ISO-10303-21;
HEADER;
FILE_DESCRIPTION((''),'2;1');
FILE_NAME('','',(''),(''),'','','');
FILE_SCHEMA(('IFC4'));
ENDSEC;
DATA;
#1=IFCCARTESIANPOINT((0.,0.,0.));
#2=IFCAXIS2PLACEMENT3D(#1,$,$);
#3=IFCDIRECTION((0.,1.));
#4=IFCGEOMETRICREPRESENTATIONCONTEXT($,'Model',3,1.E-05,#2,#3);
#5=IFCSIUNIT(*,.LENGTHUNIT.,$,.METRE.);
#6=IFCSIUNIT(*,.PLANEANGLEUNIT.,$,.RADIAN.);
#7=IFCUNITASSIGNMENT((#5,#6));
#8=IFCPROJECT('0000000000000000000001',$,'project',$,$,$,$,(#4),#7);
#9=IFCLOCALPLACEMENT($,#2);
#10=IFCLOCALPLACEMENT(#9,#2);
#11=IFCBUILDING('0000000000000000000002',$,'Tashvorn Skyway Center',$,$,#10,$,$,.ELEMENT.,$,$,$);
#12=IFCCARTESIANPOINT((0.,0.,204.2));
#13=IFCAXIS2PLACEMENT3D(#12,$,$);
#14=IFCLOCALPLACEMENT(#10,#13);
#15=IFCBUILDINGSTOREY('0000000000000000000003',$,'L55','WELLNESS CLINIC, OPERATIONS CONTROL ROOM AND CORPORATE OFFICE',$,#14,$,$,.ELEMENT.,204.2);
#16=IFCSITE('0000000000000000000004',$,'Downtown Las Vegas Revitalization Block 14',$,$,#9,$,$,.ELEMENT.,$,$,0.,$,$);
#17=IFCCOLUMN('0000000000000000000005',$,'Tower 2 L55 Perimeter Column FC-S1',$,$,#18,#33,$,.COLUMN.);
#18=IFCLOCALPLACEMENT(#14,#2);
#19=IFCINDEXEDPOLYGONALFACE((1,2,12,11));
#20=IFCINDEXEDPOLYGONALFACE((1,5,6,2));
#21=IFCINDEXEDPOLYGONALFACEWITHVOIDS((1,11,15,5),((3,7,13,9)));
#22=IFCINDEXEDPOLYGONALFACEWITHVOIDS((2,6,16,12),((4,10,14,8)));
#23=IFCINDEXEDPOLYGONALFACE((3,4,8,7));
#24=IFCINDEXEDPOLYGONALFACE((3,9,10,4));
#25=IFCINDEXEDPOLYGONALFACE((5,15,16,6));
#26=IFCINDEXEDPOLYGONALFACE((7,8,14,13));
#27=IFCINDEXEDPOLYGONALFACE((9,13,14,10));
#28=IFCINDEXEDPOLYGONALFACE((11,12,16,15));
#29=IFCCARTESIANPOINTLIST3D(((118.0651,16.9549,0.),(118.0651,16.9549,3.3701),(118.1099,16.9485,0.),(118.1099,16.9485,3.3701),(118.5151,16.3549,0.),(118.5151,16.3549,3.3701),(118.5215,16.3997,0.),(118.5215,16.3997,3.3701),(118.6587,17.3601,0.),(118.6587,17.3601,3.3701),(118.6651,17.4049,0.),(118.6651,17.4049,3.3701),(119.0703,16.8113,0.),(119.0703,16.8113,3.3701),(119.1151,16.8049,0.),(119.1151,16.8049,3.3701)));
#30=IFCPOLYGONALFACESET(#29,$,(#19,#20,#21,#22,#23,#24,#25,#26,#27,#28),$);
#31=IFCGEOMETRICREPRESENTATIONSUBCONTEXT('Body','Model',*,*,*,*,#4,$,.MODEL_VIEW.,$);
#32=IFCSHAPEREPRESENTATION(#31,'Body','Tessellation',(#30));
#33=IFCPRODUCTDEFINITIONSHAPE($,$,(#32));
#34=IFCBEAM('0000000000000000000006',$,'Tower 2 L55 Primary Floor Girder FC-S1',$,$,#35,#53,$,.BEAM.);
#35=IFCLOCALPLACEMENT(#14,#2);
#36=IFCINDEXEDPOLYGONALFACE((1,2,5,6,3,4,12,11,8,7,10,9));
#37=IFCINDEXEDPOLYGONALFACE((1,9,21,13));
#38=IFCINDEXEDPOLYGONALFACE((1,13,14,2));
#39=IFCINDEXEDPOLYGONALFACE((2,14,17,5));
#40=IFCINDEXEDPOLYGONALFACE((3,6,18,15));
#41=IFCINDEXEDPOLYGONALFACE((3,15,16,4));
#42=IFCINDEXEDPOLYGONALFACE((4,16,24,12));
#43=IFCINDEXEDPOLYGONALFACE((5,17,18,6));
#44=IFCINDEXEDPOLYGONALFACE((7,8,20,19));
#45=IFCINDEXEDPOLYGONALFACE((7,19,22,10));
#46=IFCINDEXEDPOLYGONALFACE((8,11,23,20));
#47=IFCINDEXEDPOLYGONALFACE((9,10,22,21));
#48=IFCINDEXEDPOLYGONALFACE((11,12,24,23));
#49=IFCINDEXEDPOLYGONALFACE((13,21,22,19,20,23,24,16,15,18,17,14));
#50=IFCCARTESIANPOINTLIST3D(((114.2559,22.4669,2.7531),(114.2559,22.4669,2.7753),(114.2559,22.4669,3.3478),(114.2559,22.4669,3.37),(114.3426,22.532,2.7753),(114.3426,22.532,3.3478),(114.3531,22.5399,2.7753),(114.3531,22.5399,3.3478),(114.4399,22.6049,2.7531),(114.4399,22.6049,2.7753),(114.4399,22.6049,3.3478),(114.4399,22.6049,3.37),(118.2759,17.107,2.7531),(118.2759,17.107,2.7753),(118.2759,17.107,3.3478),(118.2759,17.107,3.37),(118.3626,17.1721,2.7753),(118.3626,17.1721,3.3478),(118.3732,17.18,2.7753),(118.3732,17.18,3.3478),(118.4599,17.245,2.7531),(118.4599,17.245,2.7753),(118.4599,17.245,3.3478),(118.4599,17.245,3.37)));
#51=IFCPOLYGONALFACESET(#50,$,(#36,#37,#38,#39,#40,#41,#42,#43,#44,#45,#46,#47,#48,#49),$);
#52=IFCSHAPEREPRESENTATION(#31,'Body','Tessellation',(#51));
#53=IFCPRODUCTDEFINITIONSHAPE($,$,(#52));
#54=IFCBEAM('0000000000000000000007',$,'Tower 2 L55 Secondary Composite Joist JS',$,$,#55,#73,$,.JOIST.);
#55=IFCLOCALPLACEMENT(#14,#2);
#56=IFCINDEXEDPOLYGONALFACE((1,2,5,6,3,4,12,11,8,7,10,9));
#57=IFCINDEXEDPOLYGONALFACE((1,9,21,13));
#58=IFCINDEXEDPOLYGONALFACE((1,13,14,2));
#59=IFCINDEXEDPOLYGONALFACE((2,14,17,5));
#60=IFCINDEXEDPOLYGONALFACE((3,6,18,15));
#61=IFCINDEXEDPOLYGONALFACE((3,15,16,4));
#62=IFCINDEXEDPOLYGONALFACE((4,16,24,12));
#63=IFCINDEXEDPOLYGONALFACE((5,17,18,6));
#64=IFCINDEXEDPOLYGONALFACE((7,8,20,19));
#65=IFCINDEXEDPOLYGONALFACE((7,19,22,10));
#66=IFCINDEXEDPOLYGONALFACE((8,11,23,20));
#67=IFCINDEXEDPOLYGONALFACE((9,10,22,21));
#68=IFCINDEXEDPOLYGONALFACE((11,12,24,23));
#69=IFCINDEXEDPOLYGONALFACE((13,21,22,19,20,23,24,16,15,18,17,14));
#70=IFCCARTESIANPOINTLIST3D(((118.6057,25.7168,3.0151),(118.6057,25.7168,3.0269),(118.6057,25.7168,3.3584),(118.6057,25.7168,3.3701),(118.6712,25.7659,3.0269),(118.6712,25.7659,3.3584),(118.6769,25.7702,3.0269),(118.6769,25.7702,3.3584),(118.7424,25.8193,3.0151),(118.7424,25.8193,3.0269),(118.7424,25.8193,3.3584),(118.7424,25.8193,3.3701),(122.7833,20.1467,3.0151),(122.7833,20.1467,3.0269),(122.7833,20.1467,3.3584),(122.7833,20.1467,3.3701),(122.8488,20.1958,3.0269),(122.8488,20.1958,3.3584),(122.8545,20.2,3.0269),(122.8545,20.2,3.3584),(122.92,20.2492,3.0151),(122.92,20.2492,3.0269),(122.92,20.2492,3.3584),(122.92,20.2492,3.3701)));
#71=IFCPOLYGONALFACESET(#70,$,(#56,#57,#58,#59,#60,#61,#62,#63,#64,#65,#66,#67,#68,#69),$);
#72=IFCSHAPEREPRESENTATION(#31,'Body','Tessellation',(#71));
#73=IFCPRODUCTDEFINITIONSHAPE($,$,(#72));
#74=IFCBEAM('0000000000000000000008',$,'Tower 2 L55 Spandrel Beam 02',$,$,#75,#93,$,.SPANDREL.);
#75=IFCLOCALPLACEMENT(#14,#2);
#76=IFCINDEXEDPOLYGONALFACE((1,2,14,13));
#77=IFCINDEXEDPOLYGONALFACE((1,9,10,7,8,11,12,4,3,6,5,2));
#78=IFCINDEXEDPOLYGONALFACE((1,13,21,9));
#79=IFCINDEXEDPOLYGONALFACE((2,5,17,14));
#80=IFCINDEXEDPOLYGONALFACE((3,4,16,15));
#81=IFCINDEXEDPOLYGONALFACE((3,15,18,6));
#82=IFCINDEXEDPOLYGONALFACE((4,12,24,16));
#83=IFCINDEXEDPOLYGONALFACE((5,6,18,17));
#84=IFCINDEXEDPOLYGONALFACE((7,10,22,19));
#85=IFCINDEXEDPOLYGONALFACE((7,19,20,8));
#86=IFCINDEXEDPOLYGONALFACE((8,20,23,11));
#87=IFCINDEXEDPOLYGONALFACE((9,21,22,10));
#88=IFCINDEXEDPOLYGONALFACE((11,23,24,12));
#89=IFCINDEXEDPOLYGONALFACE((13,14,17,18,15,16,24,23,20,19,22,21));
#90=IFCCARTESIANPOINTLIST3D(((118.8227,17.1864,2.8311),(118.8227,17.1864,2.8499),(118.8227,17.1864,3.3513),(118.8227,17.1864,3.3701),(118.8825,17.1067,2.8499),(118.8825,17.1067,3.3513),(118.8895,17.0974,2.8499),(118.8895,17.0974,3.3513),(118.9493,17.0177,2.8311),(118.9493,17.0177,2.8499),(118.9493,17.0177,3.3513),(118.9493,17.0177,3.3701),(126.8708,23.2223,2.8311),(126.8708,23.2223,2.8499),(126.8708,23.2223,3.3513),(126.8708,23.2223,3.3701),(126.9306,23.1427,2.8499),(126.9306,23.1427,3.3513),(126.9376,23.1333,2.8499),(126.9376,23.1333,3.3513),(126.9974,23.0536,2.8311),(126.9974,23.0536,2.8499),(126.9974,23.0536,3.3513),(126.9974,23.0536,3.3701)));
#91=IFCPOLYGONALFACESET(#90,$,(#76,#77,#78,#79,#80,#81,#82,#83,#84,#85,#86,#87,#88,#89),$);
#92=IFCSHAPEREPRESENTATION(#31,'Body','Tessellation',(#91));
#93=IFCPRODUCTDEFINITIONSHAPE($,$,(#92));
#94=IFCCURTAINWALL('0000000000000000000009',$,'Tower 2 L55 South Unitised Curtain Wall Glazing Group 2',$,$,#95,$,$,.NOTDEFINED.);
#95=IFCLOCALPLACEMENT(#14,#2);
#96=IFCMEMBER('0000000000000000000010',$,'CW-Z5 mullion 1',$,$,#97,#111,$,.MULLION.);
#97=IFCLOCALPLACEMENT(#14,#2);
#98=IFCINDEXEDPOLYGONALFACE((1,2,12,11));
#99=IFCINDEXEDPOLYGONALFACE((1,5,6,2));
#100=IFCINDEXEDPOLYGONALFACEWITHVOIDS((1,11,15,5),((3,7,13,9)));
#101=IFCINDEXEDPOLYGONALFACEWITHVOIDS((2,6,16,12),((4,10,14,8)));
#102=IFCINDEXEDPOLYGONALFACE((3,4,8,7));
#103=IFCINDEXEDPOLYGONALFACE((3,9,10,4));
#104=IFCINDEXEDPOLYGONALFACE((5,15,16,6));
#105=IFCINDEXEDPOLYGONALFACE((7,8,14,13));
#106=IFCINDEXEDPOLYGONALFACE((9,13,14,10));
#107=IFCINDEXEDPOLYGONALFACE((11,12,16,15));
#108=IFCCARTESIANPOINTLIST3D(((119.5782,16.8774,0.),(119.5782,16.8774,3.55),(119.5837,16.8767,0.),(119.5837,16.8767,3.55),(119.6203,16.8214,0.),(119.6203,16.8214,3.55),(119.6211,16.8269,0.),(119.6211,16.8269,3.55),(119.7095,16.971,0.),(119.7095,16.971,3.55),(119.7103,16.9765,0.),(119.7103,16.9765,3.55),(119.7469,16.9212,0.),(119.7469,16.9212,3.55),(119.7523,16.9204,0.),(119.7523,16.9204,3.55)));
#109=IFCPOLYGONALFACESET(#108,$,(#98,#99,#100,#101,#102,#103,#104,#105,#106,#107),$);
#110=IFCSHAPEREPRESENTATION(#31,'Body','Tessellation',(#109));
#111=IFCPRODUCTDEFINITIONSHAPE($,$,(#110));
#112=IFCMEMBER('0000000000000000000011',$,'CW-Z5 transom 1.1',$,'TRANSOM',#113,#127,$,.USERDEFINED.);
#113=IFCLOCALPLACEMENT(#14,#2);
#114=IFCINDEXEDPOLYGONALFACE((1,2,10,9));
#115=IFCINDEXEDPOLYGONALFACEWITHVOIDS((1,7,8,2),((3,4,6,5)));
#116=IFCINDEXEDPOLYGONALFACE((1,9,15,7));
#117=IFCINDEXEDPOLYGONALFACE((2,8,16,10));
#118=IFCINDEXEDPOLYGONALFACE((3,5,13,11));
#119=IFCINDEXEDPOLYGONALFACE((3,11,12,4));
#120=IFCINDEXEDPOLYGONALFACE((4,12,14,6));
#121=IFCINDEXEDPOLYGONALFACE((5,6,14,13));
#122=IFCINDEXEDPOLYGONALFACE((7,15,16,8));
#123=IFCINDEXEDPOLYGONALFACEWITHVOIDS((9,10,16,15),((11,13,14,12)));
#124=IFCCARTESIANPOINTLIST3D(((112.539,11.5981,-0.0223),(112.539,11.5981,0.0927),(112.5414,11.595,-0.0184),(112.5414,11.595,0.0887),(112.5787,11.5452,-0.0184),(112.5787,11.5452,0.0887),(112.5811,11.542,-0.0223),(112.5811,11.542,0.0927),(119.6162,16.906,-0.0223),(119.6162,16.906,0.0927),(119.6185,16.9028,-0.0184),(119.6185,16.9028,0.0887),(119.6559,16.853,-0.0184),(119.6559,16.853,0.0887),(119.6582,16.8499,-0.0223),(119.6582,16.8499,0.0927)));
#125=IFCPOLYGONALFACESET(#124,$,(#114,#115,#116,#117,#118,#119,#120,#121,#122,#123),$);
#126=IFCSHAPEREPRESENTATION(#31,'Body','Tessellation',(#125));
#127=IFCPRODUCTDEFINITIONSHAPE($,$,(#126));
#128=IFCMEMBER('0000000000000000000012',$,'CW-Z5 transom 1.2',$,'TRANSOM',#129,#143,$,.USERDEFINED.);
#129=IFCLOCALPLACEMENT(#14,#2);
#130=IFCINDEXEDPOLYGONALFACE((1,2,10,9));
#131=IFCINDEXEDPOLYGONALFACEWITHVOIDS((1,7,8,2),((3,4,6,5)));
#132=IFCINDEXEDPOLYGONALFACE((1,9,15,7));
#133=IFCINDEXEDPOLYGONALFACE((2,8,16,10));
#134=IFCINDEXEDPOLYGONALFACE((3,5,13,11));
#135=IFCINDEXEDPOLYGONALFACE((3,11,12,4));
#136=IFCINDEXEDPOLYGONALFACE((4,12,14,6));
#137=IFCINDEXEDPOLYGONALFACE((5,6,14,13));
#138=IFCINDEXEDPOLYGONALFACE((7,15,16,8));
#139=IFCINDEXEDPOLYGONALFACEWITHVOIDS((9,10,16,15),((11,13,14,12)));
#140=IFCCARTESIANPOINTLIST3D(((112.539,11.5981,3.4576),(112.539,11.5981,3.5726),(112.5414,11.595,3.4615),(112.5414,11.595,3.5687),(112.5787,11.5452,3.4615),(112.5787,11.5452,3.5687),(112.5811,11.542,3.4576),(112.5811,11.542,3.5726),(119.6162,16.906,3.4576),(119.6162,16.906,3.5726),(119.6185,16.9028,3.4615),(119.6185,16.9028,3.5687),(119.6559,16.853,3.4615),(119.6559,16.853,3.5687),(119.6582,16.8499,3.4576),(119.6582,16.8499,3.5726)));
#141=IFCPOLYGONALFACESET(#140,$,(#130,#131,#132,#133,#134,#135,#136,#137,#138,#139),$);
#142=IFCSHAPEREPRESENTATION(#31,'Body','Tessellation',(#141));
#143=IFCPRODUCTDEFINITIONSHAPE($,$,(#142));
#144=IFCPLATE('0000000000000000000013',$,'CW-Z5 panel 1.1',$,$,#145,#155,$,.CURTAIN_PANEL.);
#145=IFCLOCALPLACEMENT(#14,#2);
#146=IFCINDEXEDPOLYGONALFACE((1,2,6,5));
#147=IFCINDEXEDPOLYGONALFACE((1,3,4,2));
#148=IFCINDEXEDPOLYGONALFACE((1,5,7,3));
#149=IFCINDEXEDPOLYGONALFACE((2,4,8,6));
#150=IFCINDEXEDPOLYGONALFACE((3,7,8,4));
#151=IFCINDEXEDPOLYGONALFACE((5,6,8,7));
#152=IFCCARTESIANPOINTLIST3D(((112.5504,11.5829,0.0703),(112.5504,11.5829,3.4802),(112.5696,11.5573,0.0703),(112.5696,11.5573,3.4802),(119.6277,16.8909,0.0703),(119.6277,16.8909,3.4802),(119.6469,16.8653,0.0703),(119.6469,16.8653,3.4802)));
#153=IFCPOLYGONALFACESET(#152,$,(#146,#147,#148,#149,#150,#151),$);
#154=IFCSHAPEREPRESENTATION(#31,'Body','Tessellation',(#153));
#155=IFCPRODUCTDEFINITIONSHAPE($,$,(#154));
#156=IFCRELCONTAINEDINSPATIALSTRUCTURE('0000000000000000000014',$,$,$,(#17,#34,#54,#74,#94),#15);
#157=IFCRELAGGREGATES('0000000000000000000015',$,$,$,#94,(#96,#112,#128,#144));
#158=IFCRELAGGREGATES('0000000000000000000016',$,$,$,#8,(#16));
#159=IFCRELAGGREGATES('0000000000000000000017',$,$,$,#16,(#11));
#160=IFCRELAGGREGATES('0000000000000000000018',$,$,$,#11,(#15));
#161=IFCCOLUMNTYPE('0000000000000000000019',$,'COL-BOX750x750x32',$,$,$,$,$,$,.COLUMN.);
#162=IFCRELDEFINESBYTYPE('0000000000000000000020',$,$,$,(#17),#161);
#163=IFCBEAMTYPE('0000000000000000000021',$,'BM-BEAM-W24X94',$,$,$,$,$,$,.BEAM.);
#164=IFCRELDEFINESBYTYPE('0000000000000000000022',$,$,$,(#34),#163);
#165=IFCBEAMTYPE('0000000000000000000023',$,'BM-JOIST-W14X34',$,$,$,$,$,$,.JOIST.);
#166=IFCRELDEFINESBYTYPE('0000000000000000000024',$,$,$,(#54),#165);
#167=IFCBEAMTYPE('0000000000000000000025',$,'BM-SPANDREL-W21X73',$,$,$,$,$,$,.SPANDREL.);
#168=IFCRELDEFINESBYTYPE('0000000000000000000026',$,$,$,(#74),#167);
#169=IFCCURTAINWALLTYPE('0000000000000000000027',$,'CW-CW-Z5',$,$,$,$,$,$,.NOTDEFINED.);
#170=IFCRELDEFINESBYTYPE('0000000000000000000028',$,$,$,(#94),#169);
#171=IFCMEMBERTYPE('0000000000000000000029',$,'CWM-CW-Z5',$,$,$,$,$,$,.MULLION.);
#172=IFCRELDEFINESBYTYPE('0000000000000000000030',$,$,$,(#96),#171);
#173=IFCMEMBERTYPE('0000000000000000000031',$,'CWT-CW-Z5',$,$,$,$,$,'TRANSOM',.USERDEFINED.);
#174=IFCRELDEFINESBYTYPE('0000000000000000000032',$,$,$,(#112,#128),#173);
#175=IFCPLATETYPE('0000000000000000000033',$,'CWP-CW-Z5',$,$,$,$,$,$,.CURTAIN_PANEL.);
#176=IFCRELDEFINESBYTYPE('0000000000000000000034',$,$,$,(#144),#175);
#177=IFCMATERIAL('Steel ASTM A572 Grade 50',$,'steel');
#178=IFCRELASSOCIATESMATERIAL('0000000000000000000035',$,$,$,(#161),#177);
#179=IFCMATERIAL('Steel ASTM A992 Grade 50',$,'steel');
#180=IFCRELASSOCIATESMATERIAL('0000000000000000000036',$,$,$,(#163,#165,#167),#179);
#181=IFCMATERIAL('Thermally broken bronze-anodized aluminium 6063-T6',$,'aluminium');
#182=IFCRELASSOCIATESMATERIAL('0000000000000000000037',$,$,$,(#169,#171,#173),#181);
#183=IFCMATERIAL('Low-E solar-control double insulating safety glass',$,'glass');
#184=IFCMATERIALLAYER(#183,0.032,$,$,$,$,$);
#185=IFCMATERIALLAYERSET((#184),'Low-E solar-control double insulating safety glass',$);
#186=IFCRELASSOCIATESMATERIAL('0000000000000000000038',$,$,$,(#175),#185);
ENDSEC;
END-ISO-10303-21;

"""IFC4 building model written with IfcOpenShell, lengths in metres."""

from ifc_helpers import new_model, si_unit, direction, frame, origin, origin_2d, place, context, subcontext, project, spatial, rectangle, hollow_rectangle, i_section, extrude, material, layer, layer_set, material_profile, profile_set, type_object, element, aggregate, save


model = new_model("IFC4")

# Units and contexts
model_context = context("Model", 3, precision=1e-05, world=origin(), true_north=direction((0.0, 1.0)))
body_context = subcontext(model_context, "Body", "Model", "MODEL_VIEW")
ifc_project = project(units=[si_unit("LENGTHUNIT", "METRE"), si_unit("PLANEANGLEUNIT", "RADIAN")], contexts=[model_context])

# Site, building, storey
site_placement = place(None, origin())
site = spatial("IfcSite", under=ifc_project, at=site_placement, Name="Downtown Las Vegas Revitalization Block 14", CompositionType="ELEMENT", RefElevation=0.0)
building_placement = place(site_placement, origin())
building = spatial("IfcBuilding", under=site, at=building_placement, Name="Tashvorn Skyway Center", CompositionType="ELEMENT")
storey_placement = place(building_placement, frame((0.0, 0.0, 204.2)))
storey = spatial("IfcBuildingStorey", under=building, at=storey_placement, Name="L55", Description="WELLNESS CLINIC, OPERATIONS CONTROL ROOM AND CORPORATE OFFICE", CompositionType="ELEMENT", Elevation=204.2)

# Column
ifc_material_1 = material(Name="Steel ASTM A572 Grade 50", Category="steel")
ifc_material_profile_1 = material_profile(ifc_material_1, hollow_rectangle(XDim=0.75, YDim=0.75, WallThickness=0.032, at=origin_2d()), Name="BOX750x750x32")
ifc_profile_set_1 = profile_set([ifc_material_profile_1], Name="Steel ASTM A572 Grade 50")
column_type = type_object("IfcColumnType", Name="COL-BOX750x750x32", PredefinedType="COLUMN", material=ifc_profile_set_1)
column_placement = place(storey_placement, frame((118.5901, 16.8799, 0.0), z_axis=(0.0, 0.0, 1.0), x_axis=(0.8, 0.6, 0.0)))
element("IfcColumn", 1, at=column_placement, inside=storey, type_object=column_type, Name="Tower 2 L55 Perimeter Column FC-S1", PredefinedType="COLUMN", context=body_context, shape_type="SweptSolid", body=[
    extrude(hollow_rectangle(XDim=0.75, YDim=0.75, WallThickness=0.032, at=origin_2d()), origin(), (0.0, 0.0, 1.0), 3.3701),
])

# Beams
ifc_material_2 = material(Name="Steel ASTM A992 Grade 50", Category="steel")
ifc_material_profile_2 = material_profile(ifc_material_2, i_section(OverallWidth=0.23, OverallDepth=0.6169, WebThickness=0.0132, FlangeThickness=0.0222, at=origin_2d()), Name="W24X94")
ifc_profile_set_2 = profile_set([ifc_material_profile_2], Name="Steel ASTM A992 Grade 50")
beam_type_1 = type_object("IfcBeamType", Name="BM-BEAM-W24X94", PredefinedType="BEAM", material=ifc_profile_set_2)
beam_1_placement = place(storey_placement, frame((118.3679, 17.176, 3.0615), z_axis=(-0.600012, 0.799991, 0.0), x_axis=(-0.799991, -0.600012, 0.0)))
element("IfcBeam", 2, at=beam_1_placement, inside=storey, type_object=beam_type_1, Name="Tower 2 L55 Primary Floor Girder FC-S1", PredefinedType="BEAM", context=body_context, shape_type="SweptSolid", body=[
    extrude(i_section(OverallWidth=0.23, OverallDepth=0.6169, WebThickness=0.0132, FlangeThickness=0.0222, at=origin_2d()), origin(), (0.0, 0.0, 1.0), 6.7),
])
ifc_material_profile_3 = material_profile(ifc_material_2, i_section(OverallWidth=0.1709, OverallDepth=0.355, WebThickness=0.0071, FlangeThickness=0.0117, at=origin_2d()), Name="W14X34")
ifc_profile_set_3 = profile_set([ifc_material_profile_3], Name="Steel ASTM A992 Grade 50")
beam_type_2 = type_object("IfcBeamType", Name="BM-JOIST-W14X34", PredefinedType="JOIST", material=ifc_profile_set_3)
beam_2_placement = place(storey_placement, frame((118.6741, 25.7681, 3.1926), z_axis=(0.599994, -0.800004, 0.0), x_axis=(0.800004, 0.599994, 0.0)))
element("IfcBeam", 3, at=beam_2_placement, inside=storey, type_object=beam_type_2, Name="Tower 2 L55 Secondary Composite Joist JS", PredefinedType="JOIST", context=body_context, shape_type="SweptSolid", body=[
    extrude(i_section(OverallWidth=0.1709, OverallDepth=0.355, WebThickness=0.0071, FlangeThickness=0.0117, at=origin_2d()), origin(), (0.0, 0.0, 1.0), 6.9626),
])
ifc_material_profile_4 = material_profile(ifc_material_2, i_section(OverallWidth=0.2109, OverallDepth=0.5391, WebThickness=0.0117, FlangeThickness=0.0188, at=origin_2d()), Name="W21X73")
ifc_profile_set_4 = profile_set([ifc_material_profile_4], Name="Steel ASTM A992 Grade 50")
beam_type_3 = type_object("IfcBeamType", Name="BM-SPANDREL-W21X73", PredefinedType="SPANDREL", material=ifc_profile_set_4)
beam_3_placement = place(storey_placement, frame((118.886, 17.1021, 3.1006), z_axis=(0.800009, 0.599988, 0.0), x_axis=(-0.599988, 0.800009, 0.0)))
element("IfcBeam", 4, at=beam_3_placement, inside=storey, type_object=beam_type_3, Name="Tower 2 L55 Spandrel Beam 02", PredefinedType="SPANDREL", context=body_context, shape_type="SweptSolid", body=[
    extrude(i_section(OverallWidth=0.2109, OverallDepth=0.5391, WebThickness=0.0117, FlangeThickness=0.0188, at=origin_2d()), origin(), (0.0, 0.0, 1.0), 10.0601),
])

# Curtain wall, members, plate
ifc_material_3 = material(Name="Thermally broken bronze-anodized aluminium 6063-T6", Category="aluminium")
curtain_wall_type = type_object("IfcCurtainWallType", Name="CW-CW-Z5", PredefinedType="NOTDEFINED", material=ifc_material_3)
curtain_wall_placement = place(storey_placement, origin())
curtain_wall = element("IfcCurtainWall", 5, at=curtain_wall_placement, inside=storey, type_object=curtain_wall_type, Name="Tower 2 L55 South Unitised Curtain Wall Glazing Group 2", PredefinedType="NOTDEFINED")
ifc_material_profile_5 = material_profile(ifc_material_3, hollow_rectangle(XDim=0.0701, YDim=0.165, WallThickness=0.0039, at=origin_2d()), Name="ALU-MULL-70x165")
ifc_profile_set_5 = profile_set([ifc_material_profile_5], Name="Thermally broken bronze-anodized aluminium 6063-T6")
member_type_1 = type_object("IfcMemberType", Name="CWM-CW-Z5", PredefinedType="MULLION", material=ifc_profile_set_5)
member_1_placement = place(storey_placement, frame((119.6653, 16.8989, 0.0), z_axis=(0.0, 0.0, 1.0), x_axis=(0.600002, -0.799999, 0.0)))
member_1 = element("IfcMember", 6, at=member_1_placement, type_object=member_type_1, Name="CW-Z5 mullion 1", PredefinedType="MULLION", context=body_context, shape_type="SweptSolid", body=[
    extrude(hollow_rectangle(XDim=0.0701, YDim=0.165, WallThickness=0.0039, at=origin_2d()), origin(), (0.0, 0.0, 1.0), 3.55),
])
ifc_material_profile_6 = material_profile(ifc_material_3, hollow_rectangle(XDim=0.0701, YDim=0.115, WallThickness=0.0039, at=origin_2d()), Name="ALU-TRAN-70x115")
ifc_profile_set_6 = profile_set([ifc_material_profile_6], Name="Thermally broken bronze-anodized aluminium 6063-T6")
member_type_2 = type_object("IfcMemberType", Name="CWT-CW-Z5", ElementType="TRANSOM", PredefinedType="USERDEFINED", material=ifc_profile_set_6)
member_2_placement = place(storey_placement, frame((119.6372, 16.8779, 0.0352), z_axis=(-0.8, -0.6, 0.0), x_axis=(0.6, -0.8, 0.0)))
member_2 = element("IfcMember", 7, at=member_2_placement, type_object=member_type_2, Name="CW-Z5 transom 1.1", ObjectType="TRANSOM", PredefinedType="USERDEFINED", context=body_context, shape_type="SweptSolid", body=[
    extrude(hollow_rectangle(XDim=0.0701, YDim=0.115, WallThickness=0.0039, at=origin_2d()), origin(), (0.0, 0.0, 1.0), 8.8464),
])
member_3_placement = place(storey_placement, frame((119.6372, 16.8779, 3.5151), z_axis=(-0.8, -0.6, 0.0), x_axis=(0.6, -0.8, 0.0)))
member_3 = element("IfcMember", 8, at=member_3_placement, type_object=member_type_2, Name="CW-Z5 transom 1.2", ObjectType="TRANSOM", PredefinedType="USERDEFINED", context=body_context, shape_type="SweptSolid", body=[
    extrude(hollow_rectangle(XDim=0.0701, YDim=0.115, WallThickness=0.0039, at=origin_2d()), origin(), (0.0, 0.0, 1.0), 8.8464),
])
ifc_material_4 = material(Name="Low-E solar-control double insulating safety glass", Category="glass")
ifc_layer_1 = layer(ifc_material_4, 0.032)
ifc_layer_set_1 = layer_set([ifc_layer_1], Name="Low-E solar-control double insulating safety glass")
plate_type = type_object("IfcPlateType", Name="CWP-CW-Z5", PredefinedType="CURTAIN_PANEL", material=ifc_layer_set_1)
plate_placement = place(storey_placement, frame((116.0986, 14.2241, 0.0703), z_axis=(0.0, 0.0, 1.0), x_axis=(-0.799999, -0.600002, 0.0)))
plate = element("IfcPlate", 9, at=plate_placement, type_object=plate_type, Name="CW-Z5 panel 1.1", PredefinedType="CURTAIN_PANEL", context=body_context, shape_type="SweptSolid", body=[
    extrude(rectangle(XDim=8.8467, YDim=0.032, at=origin_2d()), origin(), (0.0, 0.0, 1.0), 3.4099),
])
aggregate(curtain_wall, [member_1, member_2, member_3, plate])

save(model, "model.ifc")
